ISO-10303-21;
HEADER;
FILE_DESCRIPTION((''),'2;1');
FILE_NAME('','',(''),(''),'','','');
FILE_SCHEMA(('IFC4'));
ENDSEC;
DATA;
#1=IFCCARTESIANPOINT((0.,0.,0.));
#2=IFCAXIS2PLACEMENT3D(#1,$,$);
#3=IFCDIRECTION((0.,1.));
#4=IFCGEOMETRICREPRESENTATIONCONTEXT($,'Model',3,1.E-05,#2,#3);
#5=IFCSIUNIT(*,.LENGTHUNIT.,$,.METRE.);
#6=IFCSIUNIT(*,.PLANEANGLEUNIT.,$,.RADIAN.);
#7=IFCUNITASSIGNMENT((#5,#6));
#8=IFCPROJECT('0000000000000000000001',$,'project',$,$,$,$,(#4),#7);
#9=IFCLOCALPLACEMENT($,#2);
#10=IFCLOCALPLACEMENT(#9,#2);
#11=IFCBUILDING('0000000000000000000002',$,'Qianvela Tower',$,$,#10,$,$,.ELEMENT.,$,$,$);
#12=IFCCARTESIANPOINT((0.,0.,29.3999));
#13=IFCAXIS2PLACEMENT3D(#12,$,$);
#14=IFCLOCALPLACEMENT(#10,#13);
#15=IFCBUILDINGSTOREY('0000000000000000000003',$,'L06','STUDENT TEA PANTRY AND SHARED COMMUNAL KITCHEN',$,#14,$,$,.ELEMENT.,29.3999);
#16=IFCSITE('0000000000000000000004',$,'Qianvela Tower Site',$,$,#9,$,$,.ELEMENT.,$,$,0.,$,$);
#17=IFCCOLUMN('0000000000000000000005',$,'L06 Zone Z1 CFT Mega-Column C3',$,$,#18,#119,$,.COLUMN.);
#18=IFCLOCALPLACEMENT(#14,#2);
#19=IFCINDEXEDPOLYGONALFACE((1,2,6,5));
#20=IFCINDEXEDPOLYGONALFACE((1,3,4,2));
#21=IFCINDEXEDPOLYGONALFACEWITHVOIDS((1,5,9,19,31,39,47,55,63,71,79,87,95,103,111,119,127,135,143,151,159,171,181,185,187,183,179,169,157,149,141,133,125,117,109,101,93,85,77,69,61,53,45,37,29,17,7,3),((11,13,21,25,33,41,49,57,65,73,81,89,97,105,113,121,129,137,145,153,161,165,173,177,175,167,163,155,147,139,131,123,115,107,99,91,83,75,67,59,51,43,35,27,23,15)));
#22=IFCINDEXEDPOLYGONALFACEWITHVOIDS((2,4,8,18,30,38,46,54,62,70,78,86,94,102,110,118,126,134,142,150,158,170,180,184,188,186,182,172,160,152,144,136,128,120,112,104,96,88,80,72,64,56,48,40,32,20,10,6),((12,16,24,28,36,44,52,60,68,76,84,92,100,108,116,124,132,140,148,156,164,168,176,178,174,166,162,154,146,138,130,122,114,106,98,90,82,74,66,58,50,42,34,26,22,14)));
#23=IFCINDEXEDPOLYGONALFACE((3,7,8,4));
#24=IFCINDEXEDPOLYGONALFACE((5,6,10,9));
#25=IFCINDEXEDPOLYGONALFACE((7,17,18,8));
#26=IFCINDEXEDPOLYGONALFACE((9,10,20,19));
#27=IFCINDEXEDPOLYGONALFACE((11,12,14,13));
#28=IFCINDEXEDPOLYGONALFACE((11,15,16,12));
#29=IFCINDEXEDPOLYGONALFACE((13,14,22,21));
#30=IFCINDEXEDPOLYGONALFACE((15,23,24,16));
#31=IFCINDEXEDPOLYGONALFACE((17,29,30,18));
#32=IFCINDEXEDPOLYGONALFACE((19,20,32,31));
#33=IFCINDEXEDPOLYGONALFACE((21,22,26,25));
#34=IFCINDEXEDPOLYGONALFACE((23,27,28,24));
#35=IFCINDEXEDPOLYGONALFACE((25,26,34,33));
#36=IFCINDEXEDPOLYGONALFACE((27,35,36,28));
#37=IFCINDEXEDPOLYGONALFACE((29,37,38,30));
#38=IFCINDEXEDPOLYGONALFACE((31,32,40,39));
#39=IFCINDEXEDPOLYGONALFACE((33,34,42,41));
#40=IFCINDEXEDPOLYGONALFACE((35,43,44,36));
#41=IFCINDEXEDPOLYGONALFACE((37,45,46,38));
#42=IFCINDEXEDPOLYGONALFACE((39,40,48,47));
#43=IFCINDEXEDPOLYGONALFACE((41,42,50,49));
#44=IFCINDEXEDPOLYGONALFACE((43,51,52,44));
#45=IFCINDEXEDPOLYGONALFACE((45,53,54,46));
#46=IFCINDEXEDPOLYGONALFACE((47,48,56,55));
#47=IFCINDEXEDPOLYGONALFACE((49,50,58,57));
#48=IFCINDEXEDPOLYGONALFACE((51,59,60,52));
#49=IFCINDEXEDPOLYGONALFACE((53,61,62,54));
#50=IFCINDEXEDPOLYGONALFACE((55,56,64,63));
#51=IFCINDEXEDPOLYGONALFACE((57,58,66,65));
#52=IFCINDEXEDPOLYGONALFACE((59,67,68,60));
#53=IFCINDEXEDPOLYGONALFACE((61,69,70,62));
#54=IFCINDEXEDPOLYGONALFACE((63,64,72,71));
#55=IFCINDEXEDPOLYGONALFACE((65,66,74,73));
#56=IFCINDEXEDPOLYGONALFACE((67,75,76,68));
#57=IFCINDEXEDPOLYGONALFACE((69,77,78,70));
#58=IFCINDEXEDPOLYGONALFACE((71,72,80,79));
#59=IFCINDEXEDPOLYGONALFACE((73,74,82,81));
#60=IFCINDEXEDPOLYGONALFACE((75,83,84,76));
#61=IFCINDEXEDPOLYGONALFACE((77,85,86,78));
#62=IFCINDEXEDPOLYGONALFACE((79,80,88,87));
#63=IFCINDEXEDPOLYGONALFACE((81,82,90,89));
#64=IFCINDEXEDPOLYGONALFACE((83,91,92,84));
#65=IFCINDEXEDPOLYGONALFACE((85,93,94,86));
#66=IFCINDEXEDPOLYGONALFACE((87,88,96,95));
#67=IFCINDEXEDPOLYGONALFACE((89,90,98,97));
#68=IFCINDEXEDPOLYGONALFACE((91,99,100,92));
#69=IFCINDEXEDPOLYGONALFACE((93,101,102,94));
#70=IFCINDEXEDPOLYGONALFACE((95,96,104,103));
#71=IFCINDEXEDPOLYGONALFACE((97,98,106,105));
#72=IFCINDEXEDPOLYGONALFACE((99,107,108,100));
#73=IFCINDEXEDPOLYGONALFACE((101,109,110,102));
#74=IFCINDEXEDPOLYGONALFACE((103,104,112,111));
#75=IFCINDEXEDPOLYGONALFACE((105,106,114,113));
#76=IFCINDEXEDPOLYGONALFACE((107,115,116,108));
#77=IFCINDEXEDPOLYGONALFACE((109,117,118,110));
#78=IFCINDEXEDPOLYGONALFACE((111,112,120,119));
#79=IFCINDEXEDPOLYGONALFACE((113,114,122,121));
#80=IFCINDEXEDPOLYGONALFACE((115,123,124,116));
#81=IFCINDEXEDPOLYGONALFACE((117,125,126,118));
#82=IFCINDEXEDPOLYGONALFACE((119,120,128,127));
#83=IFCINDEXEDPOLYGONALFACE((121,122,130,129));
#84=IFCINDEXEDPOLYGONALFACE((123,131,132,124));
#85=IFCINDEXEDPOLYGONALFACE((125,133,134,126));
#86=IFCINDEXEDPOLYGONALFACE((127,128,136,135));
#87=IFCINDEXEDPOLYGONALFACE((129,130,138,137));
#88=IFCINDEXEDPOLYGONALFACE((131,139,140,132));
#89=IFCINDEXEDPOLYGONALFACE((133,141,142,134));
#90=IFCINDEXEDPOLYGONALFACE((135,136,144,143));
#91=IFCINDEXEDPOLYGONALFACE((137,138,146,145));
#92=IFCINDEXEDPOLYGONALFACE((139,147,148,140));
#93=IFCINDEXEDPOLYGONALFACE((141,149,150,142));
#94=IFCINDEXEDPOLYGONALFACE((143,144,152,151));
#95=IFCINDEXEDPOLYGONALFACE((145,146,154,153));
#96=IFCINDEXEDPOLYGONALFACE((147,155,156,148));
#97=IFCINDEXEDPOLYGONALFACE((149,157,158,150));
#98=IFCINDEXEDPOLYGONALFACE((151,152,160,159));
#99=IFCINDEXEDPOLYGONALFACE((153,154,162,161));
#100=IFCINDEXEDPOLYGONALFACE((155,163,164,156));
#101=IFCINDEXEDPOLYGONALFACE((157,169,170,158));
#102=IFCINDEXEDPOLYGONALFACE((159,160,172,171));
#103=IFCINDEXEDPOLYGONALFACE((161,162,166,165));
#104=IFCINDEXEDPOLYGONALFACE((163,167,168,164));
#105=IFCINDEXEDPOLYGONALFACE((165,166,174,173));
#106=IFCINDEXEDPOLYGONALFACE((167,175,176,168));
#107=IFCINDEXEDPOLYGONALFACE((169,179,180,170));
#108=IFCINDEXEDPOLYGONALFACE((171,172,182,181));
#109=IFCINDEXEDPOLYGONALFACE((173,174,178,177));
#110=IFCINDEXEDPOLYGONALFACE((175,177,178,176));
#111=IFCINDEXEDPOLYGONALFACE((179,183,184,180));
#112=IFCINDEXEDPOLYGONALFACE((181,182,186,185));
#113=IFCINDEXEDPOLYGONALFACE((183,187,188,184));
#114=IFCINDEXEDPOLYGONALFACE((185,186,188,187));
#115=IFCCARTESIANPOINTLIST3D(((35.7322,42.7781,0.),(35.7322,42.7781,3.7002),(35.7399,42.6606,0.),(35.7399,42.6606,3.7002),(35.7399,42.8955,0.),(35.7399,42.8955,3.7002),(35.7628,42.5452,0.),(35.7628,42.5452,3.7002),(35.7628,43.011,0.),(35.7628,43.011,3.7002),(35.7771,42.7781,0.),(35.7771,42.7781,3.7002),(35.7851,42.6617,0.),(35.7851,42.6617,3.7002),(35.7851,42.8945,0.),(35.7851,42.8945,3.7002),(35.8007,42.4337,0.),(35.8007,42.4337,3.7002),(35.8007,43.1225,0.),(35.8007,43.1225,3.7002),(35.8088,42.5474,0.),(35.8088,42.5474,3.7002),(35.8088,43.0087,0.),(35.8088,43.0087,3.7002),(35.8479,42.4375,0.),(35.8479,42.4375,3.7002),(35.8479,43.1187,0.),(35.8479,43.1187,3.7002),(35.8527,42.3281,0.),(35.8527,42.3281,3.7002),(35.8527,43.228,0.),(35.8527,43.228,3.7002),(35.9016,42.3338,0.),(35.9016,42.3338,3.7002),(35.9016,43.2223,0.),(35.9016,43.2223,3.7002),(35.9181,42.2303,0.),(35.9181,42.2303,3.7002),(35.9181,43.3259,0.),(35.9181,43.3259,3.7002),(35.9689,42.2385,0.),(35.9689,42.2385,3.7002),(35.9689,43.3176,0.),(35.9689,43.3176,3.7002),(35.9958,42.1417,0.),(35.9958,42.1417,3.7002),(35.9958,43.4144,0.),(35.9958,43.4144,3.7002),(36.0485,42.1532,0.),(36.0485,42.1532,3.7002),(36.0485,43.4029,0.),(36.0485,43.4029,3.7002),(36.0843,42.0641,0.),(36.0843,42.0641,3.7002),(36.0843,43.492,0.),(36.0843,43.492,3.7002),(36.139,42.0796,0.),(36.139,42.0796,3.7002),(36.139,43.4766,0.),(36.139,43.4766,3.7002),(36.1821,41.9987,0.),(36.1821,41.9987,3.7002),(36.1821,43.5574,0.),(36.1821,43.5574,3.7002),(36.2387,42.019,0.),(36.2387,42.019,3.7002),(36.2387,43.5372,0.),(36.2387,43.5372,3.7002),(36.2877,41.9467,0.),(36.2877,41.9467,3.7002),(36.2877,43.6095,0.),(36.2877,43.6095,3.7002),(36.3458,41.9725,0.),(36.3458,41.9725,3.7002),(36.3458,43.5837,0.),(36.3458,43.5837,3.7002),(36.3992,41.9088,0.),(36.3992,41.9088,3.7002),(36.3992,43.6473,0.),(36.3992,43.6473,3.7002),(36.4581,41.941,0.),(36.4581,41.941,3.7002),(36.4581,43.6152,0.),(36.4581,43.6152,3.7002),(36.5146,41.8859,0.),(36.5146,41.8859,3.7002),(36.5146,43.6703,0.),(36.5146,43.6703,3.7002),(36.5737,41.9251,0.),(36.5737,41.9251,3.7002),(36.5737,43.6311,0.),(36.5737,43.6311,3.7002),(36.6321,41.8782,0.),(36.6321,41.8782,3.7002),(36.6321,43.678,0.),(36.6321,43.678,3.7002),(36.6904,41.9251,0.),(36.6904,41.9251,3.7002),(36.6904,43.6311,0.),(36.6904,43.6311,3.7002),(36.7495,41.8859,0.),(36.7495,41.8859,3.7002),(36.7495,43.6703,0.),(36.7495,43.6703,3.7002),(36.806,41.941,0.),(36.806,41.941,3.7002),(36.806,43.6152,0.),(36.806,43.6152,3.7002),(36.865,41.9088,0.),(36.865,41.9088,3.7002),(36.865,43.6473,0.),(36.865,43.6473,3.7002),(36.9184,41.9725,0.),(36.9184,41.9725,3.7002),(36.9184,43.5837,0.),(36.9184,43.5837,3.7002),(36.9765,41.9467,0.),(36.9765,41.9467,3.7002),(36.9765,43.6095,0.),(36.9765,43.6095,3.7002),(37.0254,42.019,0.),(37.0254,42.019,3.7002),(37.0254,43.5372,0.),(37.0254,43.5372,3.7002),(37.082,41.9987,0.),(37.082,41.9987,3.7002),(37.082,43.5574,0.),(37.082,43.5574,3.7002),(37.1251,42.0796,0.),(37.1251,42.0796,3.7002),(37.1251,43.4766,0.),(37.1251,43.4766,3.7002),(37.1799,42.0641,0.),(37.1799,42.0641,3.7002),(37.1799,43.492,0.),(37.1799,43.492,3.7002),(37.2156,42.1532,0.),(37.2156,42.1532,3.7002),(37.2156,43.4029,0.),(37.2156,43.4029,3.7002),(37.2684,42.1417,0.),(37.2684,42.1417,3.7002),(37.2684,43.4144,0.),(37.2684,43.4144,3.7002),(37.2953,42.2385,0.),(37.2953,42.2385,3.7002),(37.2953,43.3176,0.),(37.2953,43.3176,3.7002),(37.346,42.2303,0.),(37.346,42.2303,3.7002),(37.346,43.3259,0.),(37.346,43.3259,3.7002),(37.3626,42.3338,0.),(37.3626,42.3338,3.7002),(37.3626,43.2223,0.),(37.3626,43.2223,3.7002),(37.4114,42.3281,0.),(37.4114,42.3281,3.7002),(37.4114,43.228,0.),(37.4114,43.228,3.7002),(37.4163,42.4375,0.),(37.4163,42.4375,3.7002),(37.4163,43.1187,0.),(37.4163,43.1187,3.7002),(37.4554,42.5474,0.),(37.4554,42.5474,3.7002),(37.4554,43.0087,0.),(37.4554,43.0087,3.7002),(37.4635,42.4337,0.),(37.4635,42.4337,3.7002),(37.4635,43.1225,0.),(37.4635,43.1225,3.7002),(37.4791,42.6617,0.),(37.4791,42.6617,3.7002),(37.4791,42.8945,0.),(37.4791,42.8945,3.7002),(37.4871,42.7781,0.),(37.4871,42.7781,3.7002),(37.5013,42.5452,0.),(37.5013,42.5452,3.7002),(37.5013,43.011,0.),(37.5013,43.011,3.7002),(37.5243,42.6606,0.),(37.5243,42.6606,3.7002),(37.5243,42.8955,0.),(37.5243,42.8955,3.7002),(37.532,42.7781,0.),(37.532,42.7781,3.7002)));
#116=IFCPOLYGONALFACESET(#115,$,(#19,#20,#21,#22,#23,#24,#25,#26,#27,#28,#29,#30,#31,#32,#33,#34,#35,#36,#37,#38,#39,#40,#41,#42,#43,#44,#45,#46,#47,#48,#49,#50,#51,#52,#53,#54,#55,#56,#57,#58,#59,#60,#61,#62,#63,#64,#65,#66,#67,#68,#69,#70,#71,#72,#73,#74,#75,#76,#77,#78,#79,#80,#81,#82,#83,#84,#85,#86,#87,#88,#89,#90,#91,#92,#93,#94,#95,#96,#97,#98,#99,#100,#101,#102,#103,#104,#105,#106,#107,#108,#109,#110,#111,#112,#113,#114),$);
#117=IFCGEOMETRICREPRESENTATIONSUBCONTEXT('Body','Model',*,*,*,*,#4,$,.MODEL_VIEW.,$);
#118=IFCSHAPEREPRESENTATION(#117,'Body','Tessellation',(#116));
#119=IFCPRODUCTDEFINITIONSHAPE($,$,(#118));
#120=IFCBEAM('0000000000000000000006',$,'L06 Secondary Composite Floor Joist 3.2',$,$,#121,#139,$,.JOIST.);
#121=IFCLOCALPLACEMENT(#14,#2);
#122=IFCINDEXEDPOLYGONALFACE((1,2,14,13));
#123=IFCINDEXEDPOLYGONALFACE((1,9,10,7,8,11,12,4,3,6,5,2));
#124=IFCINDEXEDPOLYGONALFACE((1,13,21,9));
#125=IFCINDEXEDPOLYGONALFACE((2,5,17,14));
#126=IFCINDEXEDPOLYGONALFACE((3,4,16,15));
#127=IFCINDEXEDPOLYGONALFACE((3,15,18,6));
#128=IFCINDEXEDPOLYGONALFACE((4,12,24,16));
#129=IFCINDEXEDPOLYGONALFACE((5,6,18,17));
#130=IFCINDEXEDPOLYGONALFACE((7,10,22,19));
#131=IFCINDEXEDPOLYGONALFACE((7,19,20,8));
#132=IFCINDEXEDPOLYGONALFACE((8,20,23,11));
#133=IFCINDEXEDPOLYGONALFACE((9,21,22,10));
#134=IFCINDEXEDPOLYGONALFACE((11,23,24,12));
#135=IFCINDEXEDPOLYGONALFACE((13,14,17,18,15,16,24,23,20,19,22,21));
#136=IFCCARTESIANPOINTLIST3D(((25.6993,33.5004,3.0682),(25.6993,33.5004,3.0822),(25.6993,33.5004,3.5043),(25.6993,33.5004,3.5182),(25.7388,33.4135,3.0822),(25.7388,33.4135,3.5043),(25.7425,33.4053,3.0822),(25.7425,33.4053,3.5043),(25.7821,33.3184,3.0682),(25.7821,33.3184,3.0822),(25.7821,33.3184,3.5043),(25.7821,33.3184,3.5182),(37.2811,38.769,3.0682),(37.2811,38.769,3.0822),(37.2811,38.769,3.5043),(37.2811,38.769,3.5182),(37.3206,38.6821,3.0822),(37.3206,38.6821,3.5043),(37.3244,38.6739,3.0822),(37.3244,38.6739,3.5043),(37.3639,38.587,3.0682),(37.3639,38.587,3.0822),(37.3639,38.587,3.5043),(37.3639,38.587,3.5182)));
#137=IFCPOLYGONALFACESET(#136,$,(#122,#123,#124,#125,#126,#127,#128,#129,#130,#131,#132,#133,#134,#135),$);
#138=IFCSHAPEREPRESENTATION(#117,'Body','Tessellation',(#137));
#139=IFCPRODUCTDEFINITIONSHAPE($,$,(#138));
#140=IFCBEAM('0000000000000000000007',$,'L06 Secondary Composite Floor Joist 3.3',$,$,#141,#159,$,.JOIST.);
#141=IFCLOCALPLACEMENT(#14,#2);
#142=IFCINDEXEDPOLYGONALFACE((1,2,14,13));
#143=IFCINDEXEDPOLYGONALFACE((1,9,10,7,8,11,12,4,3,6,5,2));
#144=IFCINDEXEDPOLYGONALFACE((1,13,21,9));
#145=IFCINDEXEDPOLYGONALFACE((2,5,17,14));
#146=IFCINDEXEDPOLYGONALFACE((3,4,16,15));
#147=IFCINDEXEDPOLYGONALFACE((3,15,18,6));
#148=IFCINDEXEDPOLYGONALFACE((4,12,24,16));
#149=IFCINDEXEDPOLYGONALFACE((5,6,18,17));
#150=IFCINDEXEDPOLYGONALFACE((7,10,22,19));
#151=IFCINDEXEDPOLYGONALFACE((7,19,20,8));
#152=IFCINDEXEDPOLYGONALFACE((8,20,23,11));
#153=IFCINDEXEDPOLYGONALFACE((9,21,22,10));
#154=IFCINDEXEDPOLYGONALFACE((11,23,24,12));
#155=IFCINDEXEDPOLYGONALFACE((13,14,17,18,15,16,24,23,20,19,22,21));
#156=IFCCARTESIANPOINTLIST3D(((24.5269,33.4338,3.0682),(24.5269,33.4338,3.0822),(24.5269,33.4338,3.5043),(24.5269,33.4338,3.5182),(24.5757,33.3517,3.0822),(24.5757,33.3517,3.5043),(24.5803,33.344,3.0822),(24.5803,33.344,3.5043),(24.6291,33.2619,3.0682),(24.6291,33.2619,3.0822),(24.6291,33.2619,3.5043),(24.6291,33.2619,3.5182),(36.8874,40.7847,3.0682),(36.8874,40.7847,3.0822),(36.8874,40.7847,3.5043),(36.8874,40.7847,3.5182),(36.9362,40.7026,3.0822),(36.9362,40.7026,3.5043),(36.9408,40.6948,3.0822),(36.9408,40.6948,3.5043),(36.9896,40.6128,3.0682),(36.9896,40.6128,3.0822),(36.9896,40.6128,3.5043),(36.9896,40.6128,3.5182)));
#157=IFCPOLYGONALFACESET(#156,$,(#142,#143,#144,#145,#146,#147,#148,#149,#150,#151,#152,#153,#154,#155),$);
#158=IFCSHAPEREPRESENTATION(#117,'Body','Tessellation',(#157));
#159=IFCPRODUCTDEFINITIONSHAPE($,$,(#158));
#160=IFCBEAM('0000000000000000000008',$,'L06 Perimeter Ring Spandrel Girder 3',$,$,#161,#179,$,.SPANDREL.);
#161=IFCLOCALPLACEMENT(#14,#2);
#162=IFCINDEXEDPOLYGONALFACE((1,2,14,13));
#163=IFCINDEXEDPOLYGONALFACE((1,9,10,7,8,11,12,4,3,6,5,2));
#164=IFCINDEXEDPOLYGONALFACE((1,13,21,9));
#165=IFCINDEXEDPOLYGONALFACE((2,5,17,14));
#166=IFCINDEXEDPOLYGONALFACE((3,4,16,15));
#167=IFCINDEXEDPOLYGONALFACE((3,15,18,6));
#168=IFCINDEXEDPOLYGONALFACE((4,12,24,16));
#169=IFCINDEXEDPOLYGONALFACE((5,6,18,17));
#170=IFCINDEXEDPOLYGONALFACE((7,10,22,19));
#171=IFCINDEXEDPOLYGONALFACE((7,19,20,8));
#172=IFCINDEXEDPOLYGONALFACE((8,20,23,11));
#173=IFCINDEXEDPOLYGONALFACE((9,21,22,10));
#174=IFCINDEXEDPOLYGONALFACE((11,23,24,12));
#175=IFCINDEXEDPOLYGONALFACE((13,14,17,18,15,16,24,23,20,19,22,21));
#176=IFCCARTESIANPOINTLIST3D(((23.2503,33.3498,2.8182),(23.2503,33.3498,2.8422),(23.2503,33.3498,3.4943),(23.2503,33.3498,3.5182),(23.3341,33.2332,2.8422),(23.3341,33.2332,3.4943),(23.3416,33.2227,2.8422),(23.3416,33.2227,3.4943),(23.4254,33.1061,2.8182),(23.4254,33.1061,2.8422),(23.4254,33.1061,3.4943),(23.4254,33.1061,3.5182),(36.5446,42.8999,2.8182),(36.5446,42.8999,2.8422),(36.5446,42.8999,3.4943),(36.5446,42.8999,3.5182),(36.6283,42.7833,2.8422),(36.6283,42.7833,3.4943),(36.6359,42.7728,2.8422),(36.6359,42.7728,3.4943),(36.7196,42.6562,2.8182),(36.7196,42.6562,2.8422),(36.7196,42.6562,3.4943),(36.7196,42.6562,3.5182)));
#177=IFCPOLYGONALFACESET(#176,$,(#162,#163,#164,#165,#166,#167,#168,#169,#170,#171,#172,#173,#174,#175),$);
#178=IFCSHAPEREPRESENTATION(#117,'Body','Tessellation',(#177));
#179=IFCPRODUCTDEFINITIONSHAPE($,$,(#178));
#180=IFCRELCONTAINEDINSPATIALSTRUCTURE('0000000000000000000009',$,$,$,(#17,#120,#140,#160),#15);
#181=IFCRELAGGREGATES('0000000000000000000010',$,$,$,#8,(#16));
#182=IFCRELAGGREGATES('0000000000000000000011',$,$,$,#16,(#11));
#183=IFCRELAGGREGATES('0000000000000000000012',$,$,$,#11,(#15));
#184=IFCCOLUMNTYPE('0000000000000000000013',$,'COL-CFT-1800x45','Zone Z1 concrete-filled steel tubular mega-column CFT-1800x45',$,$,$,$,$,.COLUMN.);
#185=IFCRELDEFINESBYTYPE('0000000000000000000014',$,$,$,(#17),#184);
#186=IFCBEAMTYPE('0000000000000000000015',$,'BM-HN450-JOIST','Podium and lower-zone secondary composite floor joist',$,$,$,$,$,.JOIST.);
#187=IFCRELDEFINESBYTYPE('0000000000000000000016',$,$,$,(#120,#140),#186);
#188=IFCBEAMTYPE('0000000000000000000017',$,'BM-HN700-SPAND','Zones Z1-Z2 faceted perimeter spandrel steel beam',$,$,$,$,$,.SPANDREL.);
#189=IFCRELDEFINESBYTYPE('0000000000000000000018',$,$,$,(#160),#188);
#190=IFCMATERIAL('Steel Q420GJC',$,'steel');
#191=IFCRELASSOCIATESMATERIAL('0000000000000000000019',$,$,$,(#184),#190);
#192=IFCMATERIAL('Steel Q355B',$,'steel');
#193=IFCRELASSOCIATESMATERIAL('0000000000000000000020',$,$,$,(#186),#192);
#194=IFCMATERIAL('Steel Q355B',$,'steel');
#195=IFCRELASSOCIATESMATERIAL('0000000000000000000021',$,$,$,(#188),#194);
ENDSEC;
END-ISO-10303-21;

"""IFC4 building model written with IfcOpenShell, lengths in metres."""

from ifc_helpers import new_model, si_unit, direction, frame, origin, origin_2d, place, context, subcontext, project, spatial, hollow_circle, i_section, extrude, material, material_profile, profile_set, type_object, element, save


model = new_model("IFC4")

# Units and contexts
model_context = context("Model", 3, precision=1e-05, world=origin(), true_north=direction((0.0, 1.0)))
body_context = subcontext(model_context, "Body", "Model", "MODEL_VIEW")
ifc_project = project(units=[si_unit("LENGTHUNIT", "METRE"), si_unit("PLANEANGLEUNIT", "RADIAN")], contexts=[model_context])

# Site, building, storey
site_placement = place(None, origin())
site = spatial("IfcSite", under=ifc_project, at=site_placement, Name="Qianvela Tower Site", CompositionType="ELEMENT", RefElevation=0.0)
building_placement = place(site_placement, origin())
building = spatial("IfcBuilding", under=site, at=building_placement, Name="Qianvela Tower", CompositionType="ELEMENT")
storey_placement = place(building_placement, frame((0.0, 0.0, 29.3999)))
storey = spatial("IfcBuildingStorey", under=building, at=storey_placement, Name="L06", Description="STUDENT TEA PANTRY AND SHARED COMMUNAL KITCHEN", CompositionType="ELEMENT", Elevation=29.3999)

# Column
ifc_material_1 = material(Name="Steel Q420GJC", Category="steel")
ifc_material_profile_1 = material_profile(ifc_material_1, hollow_circle(Radius=0.8999, WallThickness=0.0449, at=origin_2d()), Name="CFT-1800x45")
ifc_profile_set_1 = profile_set([ifc_material_profile_1], Name="Steel Q420GJC")
column_type = type_object("IfcColumnType", Name="COL-CFT-1800x45", Description="Zone Z1 concrete-filled steel tubular mega-column CFT-1800x45", PredefinedType="COLUMN", material=ifc_profile_set_1)
column_placement = place(storey_placement, frame((36.6321, 42.7781, 0.0), z_axis=(0.0, 0.0, 1.0), x_axis=(1.0, 0.0, 0.0)))
element("IfcColumn", 1, at=column_placement, inside=storey, type_object=column_type, Name="L06 Zone Z1 CFT Mega-Column C3", PredefinedType="COLUMN", context=body_context, shape_type="SweptSolid", body=[
    extrude(hollow_circle(Radius=0.8999, WallThickness=0.0449, at=origin_2d()), origin(), (0.0, 0.0, 1.0), 3.7002),
])

# Beams
ifc_material_2 = material(Name="Steel Q355B", Category="steel")
ifc_material_profile_2 = material_profile(ifc_material_2, i_section(OverallWidth=0.2, OverallDepth=0.45, WebThickness=0.009, FlangeThickness=0.0139, at=origin_2d()), Name="HN450x200x9x14")
ifc_profile_set_2 = profile_set([ifc_material_profile_2], Name="Steel Q355B")
beam_type_1 = type_object("IfcBeamType", Name="BM-HN450-JOIST", Description="Podium and lower-zone secondary composite floor joist", PredefinedType="JOIST", material=ifc_profile_set_2)
beam_1_placement = place(storey_placement, frame((37.3225, 38.678, 3.2932), z_axis=(-0.910245, -0.41407, 0.0), x_axis=(0.41407, -0.910245, 0.0)))
element("IfcBeam", 2, at=beam_1_placement, inside=storey, type_object=beam_type_1, Name="L06 Secondary Composite Floor Joist 3.2", PredefinedType="JOIST", context=body_context, shape_type="SweptSolid", body=[
    extrude(i_section(OverallWidth=0.2, OverallDepth=0.45, WebThickness=0.009, FlangeThickness=0.0139, at=origin_2d()), origin(), (0.0, 0.0, 1.0), 12.7239),
])
beam_2_placement = place(storey_placement, frame((36.9385, 40.6987, 3.2932), z_axis=(-0.859492, -0.511149, 0.0), x_axis=(0.511149, -0.859492, 0.0)))
element("IfcBeam", 3, at=beam_2_placement, inside=storey, type_object=beam_type_1, Name="L06 Secondary Composite Floor Joist 3.3", PredefinedType="JOIST", context=body_context, shape_type="SweptSolid", body=[
    extrude(i_section(OverallWidth=0.2, OverallDepth=0.45, WebThickness=0.009, FlangeThickness=0.0139, at=origin_2d()), origin(), (0.0, 0.0, 1.0), 14.3811),
])
ifc_material_3 = material(Name="Steel Q355B", Category="steel")
ifc_material_profile_3 = material_profile(ifc_material_3, i_section(OverallWidth=0.3, OverallDepth=0.7, WebThickness=0.0129, FlangeThickness=0.0239, at=origin_2d()), Name="HN700x300x13x24")
ifc_profile_set_3 = profile_set([ifc_material_profile_3], Name="Steel Q355B")
beam_type_2 = type_object("IfcBeamType", Name="BM-HN700-SPAND", Description="Zones Z1-Z2 faceted perimeter spandrel steel beam", PredefinedType="SPANDREL", material=ifc_profile_set_3)
beam_3_placement = place(storey_placement, frame((36.6321, 42.7781, 3.1682), z_axis=(-0.812164, -0.583429, 0.0), x_axis=(0.583429, -0.812164, 0.0)))
element("IfcBeam", 4, at=beam_3_placement, inside=storey, type_object=beam_type_2, Name="L06 Perimeter Ring Spandrel Girder 3", PredefinedType="SPANDREL", context=body_context, shape_type="SweptSolid", body=[
    extrude(i_section(OverallWidth=0.3, OverallDepth=0.7, WebThickness=0.0129, FlangeThickness=0.0239, at=origin_2d()), origin(), (0.0, 0.0, 1.0), 16.3689),
])

save(model, "model.ifc")
